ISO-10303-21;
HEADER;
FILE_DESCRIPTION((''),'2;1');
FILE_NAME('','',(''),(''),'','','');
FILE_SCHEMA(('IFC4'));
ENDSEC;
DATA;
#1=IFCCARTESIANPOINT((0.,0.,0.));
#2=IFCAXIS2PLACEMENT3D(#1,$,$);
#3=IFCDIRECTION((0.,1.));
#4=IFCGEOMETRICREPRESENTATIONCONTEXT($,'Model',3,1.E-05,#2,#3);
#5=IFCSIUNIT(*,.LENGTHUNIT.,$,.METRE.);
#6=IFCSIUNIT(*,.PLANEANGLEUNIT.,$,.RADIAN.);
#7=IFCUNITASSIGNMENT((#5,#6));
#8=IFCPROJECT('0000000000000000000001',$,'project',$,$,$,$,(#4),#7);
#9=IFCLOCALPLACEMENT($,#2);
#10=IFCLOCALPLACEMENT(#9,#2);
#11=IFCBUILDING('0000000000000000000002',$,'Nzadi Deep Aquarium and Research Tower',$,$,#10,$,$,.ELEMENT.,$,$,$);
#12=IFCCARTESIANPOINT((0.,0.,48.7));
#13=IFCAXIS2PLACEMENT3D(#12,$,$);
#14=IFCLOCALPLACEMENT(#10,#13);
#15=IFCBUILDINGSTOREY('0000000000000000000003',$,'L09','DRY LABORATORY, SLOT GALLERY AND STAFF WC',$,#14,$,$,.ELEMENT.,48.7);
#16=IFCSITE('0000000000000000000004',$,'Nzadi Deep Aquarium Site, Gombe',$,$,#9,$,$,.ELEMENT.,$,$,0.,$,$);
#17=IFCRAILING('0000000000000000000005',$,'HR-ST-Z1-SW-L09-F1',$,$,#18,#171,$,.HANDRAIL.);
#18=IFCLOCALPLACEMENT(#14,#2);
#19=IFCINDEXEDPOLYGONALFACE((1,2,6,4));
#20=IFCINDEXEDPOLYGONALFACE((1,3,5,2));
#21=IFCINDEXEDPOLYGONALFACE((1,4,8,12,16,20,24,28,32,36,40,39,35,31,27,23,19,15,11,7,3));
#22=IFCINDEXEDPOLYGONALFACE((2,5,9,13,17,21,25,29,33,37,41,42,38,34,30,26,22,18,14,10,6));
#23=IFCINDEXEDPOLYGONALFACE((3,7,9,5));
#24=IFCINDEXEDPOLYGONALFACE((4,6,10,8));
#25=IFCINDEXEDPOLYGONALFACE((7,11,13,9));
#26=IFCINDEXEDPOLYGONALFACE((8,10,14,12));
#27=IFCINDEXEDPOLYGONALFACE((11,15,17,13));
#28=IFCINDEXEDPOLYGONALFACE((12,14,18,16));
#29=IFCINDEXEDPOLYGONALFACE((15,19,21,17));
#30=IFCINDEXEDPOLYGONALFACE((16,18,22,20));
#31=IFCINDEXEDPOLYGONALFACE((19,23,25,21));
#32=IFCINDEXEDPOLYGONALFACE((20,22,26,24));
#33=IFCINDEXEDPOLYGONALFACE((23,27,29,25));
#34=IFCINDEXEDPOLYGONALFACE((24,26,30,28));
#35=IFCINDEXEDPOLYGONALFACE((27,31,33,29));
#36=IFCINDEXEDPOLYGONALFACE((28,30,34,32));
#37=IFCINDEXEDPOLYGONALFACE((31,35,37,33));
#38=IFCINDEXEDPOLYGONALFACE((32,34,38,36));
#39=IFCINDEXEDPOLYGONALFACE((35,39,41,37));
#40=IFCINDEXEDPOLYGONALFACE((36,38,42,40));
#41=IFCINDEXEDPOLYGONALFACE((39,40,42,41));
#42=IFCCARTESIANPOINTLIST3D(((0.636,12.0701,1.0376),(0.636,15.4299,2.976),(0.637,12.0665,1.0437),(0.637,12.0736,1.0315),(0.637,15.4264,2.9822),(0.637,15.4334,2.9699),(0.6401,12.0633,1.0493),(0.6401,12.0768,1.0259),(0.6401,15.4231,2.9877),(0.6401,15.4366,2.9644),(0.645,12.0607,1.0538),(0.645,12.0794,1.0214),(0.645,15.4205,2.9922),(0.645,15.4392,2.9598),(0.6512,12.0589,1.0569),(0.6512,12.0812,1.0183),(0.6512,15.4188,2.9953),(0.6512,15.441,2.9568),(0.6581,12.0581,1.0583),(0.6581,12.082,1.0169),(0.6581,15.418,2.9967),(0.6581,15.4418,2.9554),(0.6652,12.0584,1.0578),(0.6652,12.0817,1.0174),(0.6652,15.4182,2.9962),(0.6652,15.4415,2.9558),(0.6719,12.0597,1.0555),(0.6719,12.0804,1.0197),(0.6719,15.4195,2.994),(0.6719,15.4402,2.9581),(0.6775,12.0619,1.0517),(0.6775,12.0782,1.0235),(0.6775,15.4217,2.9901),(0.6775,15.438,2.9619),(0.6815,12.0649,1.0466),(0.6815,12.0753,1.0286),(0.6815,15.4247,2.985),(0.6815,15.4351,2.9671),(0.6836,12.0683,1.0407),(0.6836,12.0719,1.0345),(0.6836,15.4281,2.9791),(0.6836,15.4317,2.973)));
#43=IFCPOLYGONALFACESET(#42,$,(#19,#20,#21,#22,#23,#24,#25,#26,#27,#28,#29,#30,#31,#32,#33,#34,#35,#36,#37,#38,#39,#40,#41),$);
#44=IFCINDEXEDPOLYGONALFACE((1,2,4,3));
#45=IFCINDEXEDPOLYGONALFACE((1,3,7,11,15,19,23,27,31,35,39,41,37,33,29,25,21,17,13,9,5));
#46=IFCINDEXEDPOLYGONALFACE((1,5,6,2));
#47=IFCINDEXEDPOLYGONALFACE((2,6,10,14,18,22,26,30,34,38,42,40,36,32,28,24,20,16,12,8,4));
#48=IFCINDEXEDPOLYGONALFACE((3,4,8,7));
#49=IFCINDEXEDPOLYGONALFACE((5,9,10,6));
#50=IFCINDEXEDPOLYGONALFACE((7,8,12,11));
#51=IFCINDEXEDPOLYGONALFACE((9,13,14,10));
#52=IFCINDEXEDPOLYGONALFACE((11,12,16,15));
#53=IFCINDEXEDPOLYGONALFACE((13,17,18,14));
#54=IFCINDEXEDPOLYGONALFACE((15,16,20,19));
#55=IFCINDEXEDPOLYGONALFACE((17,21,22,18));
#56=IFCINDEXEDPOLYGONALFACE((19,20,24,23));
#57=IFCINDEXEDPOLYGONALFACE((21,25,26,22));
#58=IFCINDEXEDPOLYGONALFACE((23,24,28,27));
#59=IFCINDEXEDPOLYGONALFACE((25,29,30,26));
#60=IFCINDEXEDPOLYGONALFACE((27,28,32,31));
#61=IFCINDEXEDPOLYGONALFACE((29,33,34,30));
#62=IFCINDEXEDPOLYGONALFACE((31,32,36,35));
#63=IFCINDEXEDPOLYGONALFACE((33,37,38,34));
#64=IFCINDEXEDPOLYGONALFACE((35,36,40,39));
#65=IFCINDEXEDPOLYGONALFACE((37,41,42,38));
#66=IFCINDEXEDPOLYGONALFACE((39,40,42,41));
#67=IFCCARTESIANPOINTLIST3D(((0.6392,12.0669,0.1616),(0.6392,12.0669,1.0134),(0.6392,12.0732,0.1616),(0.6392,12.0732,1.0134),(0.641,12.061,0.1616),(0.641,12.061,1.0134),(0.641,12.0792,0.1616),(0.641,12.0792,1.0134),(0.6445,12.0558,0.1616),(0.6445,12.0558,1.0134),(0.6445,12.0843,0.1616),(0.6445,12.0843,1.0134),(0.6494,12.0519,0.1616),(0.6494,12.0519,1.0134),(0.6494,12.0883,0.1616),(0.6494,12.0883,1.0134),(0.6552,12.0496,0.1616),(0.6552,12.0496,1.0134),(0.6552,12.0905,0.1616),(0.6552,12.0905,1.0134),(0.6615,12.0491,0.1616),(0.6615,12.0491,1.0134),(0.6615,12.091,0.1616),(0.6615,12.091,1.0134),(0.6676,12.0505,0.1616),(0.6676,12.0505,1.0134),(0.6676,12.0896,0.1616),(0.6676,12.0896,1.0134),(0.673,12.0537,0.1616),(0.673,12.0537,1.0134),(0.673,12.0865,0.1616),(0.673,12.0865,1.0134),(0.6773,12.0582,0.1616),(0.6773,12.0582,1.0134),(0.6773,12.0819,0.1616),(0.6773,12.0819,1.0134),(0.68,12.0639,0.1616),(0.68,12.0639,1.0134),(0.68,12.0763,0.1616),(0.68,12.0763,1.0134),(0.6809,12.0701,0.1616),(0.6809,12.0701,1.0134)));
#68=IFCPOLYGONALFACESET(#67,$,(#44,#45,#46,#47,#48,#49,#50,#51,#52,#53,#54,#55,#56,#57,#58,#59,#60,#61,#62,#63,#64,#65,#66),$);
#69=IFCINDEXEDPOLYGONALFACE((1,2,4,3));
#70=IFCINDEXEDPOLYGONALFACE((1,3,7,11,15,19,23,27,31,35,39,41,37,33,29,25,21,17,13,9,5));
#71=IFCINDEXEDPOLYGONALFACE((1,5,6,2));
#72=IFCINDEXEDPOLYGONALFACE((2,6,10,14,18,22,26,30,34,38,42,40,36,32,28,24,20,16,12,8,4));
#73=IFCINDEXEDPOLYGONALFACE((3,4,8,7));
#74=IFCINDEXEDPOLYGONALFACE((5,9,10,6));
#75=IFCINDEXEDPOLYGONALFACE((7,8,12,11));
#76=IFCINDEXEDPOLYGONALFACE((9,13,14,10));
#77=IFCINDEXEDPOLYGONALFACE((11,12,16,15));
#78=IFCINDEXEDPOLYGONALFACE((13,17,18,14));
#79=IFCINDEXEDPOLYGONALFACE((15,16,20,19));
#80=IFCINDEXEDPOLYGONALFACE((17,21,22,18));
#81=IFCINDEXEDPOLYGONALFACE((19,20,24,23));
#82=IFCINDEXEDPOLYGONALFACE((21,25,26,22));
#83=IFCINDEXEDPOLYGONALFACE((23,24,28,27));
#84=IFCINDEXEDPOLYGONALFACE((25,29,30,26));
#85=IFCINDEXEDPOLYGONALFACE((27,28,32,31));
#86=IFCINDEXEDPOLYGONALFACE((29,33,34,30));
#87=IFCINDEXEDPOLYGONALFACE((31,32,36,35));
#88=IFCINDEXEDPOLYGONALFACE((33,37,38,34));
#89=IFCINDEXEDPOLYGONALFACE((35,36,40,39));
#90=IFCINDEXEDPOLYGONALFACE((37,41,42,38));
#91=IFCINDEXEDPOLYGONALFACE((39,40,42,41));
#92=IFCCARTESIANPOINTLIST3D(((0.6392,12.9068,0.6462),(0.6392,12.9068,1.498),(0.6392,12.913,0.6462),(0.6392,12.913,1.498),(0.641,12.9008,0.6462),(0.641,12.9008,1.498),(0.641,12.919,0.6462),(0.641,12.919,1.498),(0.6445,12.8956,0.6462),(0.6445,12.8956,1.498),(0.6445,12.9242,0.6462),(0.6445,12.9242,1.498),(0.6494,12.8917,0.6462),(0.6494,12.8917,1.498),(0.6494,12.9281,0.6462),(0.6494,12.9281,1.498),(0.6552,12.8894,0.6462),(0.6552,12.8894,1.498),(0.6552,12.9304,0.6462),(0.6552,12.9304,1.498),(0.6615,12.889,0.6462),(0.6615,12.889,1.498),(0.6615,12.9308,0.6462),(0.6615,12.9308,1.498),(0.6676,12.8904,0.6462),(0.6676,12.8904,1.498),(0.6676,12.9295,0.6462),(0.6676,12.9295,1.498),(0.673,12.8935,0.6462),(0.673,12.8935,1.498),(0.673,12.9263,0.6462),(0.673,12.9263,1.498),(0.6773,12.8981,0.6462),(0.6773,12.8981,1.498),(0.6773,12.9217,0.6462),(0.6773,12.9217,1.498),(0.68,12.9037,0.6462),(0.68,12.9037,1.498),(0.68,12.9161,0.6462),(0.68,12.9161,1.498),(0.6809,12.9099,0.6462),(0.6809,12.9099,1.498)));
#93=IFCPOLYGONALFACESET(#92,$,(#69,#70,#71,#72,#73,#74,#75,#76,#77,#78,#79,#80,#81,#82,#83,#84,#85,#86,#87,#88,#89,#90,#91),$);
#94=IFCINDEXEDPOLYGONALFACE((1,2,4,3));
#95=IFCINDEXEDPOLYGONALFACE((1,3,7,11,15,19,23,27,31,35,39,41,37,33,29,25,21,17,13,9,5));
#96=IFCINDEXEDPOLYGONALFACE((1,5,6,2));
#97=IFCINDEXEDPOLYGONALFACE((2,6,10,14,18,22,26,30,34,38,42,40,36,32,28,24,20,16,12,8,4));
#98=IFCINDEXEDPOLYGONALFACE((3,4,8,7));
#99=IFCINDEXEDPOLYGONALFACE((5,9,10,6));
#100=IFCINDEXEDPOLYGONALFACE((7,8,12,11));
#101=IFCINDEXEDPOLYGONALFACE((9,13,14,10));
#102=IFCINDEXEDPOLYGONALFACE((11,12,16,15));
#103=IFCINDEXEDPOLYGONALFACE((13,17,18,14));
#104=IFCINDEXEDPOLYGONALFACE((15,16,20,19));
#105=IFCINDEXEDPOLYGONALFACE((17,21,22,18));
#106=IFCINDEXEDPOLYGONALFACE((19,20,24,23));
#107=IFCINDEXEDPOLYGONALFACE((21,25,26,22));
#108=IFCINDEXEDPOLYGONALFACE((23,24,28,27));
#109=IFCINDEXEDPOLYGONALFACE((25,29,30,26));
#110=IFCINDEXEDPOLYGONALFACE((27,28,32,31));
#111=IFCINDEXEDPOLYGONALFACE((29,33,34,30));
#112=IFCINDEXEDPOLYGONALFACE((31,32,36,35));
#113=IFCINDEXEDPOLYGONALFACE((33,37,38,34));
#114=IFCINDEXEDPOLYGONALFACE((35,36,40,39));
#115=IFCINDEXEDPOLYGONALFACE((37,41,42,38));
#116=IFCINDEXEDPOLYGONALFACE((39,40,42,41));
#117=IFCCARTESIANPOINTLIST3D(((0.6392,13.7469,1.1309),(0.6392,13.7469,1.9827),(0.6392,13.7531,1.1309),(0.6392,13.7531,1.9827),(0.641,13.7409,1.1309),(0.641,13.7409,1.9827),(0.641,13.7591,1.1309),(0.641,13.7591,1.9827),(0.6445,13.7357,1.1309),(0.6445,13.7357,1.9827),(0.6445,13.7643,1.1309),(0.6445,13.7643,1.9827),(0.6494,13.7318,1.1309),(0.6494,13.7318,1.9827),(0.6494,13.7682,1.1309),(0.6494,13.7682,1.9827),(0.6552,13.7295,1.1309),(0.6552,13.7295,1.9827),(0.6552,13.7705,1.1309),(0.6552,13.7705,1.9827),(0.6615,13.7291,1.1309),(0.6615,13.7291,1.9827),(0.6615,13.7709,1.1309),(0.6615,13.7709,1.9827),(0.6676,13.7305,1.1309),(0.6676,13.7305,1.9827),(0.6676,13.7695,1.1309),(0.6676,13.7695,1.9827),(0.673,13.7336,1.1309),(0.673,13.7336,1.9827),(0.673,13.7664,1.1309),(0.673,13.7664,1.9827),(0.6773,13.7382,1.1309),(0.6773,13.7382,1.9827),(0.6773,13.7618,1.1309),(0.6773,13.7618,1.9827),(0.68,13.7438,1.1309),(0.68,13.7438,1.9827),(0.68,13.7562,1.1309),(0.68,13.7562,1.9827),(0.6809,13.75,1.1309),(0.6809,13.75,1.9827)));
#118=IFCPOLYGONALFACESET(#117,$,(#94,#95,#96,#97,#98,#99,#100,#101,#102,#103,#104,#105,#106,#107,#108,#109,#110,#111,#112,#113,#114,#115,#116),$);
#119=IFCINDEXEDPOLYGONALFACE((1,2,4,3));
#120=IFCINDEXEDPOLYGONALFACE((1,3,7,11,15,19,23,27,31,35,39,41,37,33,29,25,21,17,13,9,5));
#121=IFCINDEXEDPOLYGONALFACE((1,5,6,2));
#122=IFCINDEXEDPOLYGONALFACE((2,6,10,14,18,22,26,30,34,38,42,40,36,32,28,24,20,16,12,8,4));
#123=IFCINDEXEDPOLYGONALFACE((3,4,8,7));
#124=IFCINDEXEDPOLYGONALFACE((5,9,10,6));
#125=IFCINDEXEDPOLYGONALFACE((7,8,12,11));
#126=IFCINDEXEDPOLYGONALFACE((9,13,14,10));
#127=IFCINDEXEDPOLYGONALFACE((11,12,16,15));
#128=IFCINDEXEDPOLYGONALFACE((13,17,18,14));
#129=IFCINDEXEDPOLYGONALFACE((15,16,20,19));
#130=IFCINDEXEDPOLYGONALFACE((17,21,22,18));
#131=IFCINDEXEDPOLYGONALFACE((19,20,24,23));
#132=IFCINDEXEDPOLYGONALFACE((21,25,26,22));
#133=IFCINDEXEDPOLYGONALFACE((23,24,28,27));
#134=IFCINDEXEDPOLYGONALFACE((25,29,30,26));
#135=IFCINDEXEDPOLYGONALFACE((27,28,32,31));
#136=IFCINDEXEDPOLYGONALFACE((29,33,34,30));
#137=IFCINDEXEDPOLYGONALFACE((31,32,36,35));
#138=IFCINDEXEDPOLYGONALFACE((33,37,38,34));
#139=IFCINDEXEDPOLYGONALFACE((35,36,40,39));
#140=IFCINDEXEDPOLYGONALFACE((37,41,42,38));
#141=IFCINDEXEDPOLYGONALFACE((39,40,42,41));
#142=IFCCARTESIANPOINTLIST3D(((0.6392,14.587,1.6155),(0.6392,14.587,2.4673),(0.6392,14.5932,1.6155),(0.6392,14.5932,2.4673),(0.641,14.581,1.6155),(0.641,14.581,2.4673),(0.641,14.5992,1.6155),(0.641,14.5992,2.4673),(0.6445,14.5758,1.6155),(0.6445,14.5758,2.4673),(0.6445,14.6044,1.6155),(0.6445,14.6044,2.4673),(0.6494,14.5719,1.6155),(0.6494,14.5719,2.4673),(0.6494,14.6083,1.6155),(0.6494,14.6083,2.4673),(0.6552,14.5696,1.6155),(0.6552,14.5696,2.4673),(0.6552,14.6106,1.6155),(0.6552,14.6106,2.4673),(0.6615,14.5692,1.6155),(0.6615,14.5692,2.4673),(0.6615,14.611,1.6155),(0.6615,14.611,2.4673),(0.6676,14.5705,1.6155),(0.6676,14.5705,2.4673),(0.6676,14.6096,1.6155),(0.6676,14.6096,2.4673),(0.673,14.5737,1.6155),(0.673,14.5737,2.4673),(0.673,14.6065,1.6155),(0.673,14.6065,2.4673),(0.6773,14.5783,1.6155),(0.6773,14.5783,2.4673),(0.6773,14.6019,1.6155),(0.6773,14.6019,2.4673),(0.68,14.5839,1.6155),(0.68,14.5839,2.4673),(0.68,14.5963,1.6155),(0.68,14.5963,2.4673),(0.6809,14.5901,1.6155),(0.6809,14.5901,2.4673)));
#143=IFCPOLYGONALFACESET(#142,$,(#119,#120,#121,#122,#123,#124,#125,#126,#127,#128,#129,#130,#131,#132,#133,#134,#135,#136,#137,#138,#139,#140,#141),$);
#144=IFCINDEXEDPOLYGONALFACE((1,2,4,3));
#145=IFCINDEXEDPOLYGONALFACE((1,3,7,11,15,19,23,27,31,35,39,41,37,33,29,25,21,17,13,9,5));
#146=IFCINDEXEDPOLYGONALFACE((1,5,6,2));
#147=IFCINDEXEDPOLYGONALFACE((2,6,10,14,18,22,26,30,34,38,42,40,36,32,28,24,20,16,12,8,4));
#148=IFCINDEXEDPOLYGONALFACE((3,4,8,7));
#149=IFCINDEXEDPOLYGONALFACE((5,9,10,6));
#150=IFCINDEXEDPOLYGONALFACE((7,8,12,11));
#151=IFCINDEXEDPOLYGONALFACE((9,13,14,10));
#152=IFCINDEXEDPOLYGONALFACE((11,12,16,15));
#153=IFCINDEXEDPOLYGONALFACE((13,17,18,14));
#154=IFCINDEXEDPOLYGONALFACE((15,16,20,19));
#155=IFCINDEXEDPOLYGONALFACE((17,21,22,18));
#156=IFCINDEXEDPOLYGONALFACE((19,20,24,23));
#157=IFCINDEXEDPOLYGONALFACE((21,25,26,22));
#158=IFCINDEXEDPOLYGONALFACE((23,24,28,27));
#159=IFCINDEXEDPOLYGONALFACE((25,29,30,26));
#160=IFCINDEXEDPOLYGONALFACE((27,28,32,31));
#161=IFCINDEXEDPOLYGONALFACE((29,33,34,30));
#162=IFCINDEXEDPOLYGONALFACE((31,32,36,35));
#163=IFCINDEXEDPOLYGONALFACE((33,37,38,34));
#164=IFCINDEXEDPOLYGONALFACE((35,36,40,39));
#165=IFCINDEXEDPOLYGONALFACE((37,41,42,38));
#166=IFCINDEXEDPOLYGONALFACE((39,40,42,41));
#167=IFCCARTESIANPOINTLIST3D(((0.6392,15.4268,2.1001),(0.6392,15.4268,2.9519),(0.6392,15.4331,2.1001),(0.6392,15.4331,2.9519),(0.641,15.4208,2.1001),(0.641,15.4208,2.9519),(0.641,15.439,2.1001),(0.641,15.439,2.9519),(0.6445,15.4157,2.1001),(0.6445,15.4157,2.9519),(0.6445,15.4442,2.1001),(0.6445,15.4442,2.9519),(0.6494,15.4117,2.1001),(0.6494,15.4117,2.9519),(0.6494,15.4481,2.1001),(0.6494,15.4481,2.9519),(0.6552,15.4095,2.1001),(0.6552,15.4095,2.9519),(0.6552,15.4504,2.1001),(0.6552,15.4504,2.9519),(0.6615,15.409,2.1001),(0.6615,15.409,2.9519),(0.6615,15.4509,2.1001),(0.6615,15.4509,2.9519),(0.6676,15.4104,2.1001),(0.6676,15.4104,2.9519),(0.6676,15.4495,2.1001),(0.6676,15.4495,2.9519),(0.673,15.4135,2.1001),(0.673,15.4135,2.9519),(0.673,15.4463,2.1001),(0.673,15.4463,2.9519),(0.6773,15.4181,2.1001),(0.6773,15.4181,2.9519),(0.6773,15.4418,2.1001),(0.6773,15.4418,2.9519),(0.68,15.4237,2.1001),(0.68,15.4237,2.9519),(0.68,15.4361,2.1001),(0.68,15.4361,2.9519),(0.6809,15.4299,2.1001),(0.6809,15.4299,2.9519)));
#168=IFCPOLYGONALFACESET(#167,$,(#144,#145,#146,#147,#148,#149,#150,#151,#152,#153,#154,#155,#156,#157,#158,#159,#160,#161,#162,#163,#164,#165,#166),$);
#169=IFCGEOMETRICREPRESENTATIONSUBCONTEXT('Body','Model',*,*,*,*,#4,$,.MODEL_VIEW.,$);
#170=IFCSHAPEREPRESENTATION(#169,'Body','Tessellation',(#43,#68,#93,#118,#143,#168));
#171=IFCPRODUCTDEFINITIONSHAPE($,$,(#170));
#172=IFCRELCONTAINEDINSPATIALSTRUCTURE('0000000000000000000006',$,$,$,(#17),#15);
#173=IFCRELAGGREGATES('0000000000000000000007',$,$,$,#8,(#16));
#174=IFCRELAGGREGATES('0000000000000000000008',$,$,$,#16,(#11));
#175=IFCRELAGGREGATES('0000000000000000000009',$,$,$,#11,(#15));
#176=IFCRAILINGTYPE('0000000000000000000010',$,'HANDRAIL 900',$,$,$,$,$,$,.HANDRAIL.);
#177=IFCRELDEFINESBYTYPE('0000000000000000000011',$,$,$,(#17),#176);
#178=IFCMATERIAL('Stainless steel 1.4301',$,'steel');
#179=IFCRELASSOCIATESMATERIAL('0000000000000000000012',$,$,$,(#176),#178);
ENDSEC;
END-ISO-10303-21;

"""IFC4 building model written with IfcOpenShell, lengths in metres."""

from ifc_helpers import new_model, si_unit, direction, frame, origin, origin_2d, place, context, subcontext, project, spatial, circle, extrude, material, type_object, element, save


model = new_model("IFC4")

# Units and contexts
model_context = context("Model", 3, precision=1e-05, world=origin(), true_north=direction((0.0, 1.0)))
body_context = subcontext(model_context, "Body", "Model", "MODEL_VIEW")
ifc_project = project(units=[si_unit("LENGTHUNIT", "METRE"), si_unit("PLANEANGLEUNIT", "RADIAN")], contexts=[model_context])

# Site, building, storey
site_placement = place(None, origin())
site = spatial("IfcSite", under=ifc_project, at=site_placement, Name="Nzadi Deep Aquarium Site, Gombe", CompositionType="ELEMENT", RefElevation=0.0)
building_placement = place(site_placement, origin())
building = spatial("IfcBuilding", under=site, at=building_placement, Name="Nzadi Deep Aquarium and Research Tower", CompositionType="ELEMENT")
storey_placement = place(building_placement, frame((0.0, 0.0, 48.7)))
storey = spatial("IfcBuildingStorey", under=building, at=storey_placement, Name="L09", Description="DRY LABORATORY, SLOT GALLERY AND STAFF WC", CompositionType="ELEMENT", Elevation=48.7)

# Railing
ifc_material_1 = material(Name="Stainless steel 1.4301", Category="steel")
railing_type = type_object("IfcRailingType", Name="HANDRAIL 900", PredefinedType="HANDRAIL", material=ifc_material_1)
for number, where, name in (
    (1, (0.6599, 12.0701, 0.1616), "HR-ST-Z1-SW-L09-F1"),
):
    element("IfcRailing", number, at=place(storey_placement, frame(where)), inside=storey, type_object=railing_type, Name=name, PredefinedType="HANDRAIL", context=body_context, shape_type="SweptSolid", body=[
        extrude(circle(Radius=0.0239, at=origin_2d()), frame((0.0, 0.0, 0.876), z_axis=(0.0, 0.866175, 0.499741), x_axis=(-1.0, 0.0, 0.0)), (0.0, 0.0, 1.0), 3.8789),
        extrude(circle(Radius=0.021, at=origin_2d()), origin(), (0.0, 0.0, 1.0), 0.8518),
        extrude(circle(Radius=0.021, at=origin_2d()), frame((0.0, 0.8398, 0.4846)), (0.0, 0.0, 1.0), 0.8518),
        extrude(circle(Radius=0.021, at=origin_2d()), frame((0.0, 1.6799, 0.9692)), (0.0, 0.0, 1.0), 0.8518),
        extrude(circle(Radius=0.021, at=origin_2d()), frame((0.0, 2.52, 1.4539)), (0.0, 0.0, 1.0), 0.8518),
        extrude(circle(Radius=0.021, at=origin_2d()), frame((0.0, 3.3599, 1.9385)), (0.0, 0.0, 1.0), 0.8518),
    ])

save(model, "model.ifc")
